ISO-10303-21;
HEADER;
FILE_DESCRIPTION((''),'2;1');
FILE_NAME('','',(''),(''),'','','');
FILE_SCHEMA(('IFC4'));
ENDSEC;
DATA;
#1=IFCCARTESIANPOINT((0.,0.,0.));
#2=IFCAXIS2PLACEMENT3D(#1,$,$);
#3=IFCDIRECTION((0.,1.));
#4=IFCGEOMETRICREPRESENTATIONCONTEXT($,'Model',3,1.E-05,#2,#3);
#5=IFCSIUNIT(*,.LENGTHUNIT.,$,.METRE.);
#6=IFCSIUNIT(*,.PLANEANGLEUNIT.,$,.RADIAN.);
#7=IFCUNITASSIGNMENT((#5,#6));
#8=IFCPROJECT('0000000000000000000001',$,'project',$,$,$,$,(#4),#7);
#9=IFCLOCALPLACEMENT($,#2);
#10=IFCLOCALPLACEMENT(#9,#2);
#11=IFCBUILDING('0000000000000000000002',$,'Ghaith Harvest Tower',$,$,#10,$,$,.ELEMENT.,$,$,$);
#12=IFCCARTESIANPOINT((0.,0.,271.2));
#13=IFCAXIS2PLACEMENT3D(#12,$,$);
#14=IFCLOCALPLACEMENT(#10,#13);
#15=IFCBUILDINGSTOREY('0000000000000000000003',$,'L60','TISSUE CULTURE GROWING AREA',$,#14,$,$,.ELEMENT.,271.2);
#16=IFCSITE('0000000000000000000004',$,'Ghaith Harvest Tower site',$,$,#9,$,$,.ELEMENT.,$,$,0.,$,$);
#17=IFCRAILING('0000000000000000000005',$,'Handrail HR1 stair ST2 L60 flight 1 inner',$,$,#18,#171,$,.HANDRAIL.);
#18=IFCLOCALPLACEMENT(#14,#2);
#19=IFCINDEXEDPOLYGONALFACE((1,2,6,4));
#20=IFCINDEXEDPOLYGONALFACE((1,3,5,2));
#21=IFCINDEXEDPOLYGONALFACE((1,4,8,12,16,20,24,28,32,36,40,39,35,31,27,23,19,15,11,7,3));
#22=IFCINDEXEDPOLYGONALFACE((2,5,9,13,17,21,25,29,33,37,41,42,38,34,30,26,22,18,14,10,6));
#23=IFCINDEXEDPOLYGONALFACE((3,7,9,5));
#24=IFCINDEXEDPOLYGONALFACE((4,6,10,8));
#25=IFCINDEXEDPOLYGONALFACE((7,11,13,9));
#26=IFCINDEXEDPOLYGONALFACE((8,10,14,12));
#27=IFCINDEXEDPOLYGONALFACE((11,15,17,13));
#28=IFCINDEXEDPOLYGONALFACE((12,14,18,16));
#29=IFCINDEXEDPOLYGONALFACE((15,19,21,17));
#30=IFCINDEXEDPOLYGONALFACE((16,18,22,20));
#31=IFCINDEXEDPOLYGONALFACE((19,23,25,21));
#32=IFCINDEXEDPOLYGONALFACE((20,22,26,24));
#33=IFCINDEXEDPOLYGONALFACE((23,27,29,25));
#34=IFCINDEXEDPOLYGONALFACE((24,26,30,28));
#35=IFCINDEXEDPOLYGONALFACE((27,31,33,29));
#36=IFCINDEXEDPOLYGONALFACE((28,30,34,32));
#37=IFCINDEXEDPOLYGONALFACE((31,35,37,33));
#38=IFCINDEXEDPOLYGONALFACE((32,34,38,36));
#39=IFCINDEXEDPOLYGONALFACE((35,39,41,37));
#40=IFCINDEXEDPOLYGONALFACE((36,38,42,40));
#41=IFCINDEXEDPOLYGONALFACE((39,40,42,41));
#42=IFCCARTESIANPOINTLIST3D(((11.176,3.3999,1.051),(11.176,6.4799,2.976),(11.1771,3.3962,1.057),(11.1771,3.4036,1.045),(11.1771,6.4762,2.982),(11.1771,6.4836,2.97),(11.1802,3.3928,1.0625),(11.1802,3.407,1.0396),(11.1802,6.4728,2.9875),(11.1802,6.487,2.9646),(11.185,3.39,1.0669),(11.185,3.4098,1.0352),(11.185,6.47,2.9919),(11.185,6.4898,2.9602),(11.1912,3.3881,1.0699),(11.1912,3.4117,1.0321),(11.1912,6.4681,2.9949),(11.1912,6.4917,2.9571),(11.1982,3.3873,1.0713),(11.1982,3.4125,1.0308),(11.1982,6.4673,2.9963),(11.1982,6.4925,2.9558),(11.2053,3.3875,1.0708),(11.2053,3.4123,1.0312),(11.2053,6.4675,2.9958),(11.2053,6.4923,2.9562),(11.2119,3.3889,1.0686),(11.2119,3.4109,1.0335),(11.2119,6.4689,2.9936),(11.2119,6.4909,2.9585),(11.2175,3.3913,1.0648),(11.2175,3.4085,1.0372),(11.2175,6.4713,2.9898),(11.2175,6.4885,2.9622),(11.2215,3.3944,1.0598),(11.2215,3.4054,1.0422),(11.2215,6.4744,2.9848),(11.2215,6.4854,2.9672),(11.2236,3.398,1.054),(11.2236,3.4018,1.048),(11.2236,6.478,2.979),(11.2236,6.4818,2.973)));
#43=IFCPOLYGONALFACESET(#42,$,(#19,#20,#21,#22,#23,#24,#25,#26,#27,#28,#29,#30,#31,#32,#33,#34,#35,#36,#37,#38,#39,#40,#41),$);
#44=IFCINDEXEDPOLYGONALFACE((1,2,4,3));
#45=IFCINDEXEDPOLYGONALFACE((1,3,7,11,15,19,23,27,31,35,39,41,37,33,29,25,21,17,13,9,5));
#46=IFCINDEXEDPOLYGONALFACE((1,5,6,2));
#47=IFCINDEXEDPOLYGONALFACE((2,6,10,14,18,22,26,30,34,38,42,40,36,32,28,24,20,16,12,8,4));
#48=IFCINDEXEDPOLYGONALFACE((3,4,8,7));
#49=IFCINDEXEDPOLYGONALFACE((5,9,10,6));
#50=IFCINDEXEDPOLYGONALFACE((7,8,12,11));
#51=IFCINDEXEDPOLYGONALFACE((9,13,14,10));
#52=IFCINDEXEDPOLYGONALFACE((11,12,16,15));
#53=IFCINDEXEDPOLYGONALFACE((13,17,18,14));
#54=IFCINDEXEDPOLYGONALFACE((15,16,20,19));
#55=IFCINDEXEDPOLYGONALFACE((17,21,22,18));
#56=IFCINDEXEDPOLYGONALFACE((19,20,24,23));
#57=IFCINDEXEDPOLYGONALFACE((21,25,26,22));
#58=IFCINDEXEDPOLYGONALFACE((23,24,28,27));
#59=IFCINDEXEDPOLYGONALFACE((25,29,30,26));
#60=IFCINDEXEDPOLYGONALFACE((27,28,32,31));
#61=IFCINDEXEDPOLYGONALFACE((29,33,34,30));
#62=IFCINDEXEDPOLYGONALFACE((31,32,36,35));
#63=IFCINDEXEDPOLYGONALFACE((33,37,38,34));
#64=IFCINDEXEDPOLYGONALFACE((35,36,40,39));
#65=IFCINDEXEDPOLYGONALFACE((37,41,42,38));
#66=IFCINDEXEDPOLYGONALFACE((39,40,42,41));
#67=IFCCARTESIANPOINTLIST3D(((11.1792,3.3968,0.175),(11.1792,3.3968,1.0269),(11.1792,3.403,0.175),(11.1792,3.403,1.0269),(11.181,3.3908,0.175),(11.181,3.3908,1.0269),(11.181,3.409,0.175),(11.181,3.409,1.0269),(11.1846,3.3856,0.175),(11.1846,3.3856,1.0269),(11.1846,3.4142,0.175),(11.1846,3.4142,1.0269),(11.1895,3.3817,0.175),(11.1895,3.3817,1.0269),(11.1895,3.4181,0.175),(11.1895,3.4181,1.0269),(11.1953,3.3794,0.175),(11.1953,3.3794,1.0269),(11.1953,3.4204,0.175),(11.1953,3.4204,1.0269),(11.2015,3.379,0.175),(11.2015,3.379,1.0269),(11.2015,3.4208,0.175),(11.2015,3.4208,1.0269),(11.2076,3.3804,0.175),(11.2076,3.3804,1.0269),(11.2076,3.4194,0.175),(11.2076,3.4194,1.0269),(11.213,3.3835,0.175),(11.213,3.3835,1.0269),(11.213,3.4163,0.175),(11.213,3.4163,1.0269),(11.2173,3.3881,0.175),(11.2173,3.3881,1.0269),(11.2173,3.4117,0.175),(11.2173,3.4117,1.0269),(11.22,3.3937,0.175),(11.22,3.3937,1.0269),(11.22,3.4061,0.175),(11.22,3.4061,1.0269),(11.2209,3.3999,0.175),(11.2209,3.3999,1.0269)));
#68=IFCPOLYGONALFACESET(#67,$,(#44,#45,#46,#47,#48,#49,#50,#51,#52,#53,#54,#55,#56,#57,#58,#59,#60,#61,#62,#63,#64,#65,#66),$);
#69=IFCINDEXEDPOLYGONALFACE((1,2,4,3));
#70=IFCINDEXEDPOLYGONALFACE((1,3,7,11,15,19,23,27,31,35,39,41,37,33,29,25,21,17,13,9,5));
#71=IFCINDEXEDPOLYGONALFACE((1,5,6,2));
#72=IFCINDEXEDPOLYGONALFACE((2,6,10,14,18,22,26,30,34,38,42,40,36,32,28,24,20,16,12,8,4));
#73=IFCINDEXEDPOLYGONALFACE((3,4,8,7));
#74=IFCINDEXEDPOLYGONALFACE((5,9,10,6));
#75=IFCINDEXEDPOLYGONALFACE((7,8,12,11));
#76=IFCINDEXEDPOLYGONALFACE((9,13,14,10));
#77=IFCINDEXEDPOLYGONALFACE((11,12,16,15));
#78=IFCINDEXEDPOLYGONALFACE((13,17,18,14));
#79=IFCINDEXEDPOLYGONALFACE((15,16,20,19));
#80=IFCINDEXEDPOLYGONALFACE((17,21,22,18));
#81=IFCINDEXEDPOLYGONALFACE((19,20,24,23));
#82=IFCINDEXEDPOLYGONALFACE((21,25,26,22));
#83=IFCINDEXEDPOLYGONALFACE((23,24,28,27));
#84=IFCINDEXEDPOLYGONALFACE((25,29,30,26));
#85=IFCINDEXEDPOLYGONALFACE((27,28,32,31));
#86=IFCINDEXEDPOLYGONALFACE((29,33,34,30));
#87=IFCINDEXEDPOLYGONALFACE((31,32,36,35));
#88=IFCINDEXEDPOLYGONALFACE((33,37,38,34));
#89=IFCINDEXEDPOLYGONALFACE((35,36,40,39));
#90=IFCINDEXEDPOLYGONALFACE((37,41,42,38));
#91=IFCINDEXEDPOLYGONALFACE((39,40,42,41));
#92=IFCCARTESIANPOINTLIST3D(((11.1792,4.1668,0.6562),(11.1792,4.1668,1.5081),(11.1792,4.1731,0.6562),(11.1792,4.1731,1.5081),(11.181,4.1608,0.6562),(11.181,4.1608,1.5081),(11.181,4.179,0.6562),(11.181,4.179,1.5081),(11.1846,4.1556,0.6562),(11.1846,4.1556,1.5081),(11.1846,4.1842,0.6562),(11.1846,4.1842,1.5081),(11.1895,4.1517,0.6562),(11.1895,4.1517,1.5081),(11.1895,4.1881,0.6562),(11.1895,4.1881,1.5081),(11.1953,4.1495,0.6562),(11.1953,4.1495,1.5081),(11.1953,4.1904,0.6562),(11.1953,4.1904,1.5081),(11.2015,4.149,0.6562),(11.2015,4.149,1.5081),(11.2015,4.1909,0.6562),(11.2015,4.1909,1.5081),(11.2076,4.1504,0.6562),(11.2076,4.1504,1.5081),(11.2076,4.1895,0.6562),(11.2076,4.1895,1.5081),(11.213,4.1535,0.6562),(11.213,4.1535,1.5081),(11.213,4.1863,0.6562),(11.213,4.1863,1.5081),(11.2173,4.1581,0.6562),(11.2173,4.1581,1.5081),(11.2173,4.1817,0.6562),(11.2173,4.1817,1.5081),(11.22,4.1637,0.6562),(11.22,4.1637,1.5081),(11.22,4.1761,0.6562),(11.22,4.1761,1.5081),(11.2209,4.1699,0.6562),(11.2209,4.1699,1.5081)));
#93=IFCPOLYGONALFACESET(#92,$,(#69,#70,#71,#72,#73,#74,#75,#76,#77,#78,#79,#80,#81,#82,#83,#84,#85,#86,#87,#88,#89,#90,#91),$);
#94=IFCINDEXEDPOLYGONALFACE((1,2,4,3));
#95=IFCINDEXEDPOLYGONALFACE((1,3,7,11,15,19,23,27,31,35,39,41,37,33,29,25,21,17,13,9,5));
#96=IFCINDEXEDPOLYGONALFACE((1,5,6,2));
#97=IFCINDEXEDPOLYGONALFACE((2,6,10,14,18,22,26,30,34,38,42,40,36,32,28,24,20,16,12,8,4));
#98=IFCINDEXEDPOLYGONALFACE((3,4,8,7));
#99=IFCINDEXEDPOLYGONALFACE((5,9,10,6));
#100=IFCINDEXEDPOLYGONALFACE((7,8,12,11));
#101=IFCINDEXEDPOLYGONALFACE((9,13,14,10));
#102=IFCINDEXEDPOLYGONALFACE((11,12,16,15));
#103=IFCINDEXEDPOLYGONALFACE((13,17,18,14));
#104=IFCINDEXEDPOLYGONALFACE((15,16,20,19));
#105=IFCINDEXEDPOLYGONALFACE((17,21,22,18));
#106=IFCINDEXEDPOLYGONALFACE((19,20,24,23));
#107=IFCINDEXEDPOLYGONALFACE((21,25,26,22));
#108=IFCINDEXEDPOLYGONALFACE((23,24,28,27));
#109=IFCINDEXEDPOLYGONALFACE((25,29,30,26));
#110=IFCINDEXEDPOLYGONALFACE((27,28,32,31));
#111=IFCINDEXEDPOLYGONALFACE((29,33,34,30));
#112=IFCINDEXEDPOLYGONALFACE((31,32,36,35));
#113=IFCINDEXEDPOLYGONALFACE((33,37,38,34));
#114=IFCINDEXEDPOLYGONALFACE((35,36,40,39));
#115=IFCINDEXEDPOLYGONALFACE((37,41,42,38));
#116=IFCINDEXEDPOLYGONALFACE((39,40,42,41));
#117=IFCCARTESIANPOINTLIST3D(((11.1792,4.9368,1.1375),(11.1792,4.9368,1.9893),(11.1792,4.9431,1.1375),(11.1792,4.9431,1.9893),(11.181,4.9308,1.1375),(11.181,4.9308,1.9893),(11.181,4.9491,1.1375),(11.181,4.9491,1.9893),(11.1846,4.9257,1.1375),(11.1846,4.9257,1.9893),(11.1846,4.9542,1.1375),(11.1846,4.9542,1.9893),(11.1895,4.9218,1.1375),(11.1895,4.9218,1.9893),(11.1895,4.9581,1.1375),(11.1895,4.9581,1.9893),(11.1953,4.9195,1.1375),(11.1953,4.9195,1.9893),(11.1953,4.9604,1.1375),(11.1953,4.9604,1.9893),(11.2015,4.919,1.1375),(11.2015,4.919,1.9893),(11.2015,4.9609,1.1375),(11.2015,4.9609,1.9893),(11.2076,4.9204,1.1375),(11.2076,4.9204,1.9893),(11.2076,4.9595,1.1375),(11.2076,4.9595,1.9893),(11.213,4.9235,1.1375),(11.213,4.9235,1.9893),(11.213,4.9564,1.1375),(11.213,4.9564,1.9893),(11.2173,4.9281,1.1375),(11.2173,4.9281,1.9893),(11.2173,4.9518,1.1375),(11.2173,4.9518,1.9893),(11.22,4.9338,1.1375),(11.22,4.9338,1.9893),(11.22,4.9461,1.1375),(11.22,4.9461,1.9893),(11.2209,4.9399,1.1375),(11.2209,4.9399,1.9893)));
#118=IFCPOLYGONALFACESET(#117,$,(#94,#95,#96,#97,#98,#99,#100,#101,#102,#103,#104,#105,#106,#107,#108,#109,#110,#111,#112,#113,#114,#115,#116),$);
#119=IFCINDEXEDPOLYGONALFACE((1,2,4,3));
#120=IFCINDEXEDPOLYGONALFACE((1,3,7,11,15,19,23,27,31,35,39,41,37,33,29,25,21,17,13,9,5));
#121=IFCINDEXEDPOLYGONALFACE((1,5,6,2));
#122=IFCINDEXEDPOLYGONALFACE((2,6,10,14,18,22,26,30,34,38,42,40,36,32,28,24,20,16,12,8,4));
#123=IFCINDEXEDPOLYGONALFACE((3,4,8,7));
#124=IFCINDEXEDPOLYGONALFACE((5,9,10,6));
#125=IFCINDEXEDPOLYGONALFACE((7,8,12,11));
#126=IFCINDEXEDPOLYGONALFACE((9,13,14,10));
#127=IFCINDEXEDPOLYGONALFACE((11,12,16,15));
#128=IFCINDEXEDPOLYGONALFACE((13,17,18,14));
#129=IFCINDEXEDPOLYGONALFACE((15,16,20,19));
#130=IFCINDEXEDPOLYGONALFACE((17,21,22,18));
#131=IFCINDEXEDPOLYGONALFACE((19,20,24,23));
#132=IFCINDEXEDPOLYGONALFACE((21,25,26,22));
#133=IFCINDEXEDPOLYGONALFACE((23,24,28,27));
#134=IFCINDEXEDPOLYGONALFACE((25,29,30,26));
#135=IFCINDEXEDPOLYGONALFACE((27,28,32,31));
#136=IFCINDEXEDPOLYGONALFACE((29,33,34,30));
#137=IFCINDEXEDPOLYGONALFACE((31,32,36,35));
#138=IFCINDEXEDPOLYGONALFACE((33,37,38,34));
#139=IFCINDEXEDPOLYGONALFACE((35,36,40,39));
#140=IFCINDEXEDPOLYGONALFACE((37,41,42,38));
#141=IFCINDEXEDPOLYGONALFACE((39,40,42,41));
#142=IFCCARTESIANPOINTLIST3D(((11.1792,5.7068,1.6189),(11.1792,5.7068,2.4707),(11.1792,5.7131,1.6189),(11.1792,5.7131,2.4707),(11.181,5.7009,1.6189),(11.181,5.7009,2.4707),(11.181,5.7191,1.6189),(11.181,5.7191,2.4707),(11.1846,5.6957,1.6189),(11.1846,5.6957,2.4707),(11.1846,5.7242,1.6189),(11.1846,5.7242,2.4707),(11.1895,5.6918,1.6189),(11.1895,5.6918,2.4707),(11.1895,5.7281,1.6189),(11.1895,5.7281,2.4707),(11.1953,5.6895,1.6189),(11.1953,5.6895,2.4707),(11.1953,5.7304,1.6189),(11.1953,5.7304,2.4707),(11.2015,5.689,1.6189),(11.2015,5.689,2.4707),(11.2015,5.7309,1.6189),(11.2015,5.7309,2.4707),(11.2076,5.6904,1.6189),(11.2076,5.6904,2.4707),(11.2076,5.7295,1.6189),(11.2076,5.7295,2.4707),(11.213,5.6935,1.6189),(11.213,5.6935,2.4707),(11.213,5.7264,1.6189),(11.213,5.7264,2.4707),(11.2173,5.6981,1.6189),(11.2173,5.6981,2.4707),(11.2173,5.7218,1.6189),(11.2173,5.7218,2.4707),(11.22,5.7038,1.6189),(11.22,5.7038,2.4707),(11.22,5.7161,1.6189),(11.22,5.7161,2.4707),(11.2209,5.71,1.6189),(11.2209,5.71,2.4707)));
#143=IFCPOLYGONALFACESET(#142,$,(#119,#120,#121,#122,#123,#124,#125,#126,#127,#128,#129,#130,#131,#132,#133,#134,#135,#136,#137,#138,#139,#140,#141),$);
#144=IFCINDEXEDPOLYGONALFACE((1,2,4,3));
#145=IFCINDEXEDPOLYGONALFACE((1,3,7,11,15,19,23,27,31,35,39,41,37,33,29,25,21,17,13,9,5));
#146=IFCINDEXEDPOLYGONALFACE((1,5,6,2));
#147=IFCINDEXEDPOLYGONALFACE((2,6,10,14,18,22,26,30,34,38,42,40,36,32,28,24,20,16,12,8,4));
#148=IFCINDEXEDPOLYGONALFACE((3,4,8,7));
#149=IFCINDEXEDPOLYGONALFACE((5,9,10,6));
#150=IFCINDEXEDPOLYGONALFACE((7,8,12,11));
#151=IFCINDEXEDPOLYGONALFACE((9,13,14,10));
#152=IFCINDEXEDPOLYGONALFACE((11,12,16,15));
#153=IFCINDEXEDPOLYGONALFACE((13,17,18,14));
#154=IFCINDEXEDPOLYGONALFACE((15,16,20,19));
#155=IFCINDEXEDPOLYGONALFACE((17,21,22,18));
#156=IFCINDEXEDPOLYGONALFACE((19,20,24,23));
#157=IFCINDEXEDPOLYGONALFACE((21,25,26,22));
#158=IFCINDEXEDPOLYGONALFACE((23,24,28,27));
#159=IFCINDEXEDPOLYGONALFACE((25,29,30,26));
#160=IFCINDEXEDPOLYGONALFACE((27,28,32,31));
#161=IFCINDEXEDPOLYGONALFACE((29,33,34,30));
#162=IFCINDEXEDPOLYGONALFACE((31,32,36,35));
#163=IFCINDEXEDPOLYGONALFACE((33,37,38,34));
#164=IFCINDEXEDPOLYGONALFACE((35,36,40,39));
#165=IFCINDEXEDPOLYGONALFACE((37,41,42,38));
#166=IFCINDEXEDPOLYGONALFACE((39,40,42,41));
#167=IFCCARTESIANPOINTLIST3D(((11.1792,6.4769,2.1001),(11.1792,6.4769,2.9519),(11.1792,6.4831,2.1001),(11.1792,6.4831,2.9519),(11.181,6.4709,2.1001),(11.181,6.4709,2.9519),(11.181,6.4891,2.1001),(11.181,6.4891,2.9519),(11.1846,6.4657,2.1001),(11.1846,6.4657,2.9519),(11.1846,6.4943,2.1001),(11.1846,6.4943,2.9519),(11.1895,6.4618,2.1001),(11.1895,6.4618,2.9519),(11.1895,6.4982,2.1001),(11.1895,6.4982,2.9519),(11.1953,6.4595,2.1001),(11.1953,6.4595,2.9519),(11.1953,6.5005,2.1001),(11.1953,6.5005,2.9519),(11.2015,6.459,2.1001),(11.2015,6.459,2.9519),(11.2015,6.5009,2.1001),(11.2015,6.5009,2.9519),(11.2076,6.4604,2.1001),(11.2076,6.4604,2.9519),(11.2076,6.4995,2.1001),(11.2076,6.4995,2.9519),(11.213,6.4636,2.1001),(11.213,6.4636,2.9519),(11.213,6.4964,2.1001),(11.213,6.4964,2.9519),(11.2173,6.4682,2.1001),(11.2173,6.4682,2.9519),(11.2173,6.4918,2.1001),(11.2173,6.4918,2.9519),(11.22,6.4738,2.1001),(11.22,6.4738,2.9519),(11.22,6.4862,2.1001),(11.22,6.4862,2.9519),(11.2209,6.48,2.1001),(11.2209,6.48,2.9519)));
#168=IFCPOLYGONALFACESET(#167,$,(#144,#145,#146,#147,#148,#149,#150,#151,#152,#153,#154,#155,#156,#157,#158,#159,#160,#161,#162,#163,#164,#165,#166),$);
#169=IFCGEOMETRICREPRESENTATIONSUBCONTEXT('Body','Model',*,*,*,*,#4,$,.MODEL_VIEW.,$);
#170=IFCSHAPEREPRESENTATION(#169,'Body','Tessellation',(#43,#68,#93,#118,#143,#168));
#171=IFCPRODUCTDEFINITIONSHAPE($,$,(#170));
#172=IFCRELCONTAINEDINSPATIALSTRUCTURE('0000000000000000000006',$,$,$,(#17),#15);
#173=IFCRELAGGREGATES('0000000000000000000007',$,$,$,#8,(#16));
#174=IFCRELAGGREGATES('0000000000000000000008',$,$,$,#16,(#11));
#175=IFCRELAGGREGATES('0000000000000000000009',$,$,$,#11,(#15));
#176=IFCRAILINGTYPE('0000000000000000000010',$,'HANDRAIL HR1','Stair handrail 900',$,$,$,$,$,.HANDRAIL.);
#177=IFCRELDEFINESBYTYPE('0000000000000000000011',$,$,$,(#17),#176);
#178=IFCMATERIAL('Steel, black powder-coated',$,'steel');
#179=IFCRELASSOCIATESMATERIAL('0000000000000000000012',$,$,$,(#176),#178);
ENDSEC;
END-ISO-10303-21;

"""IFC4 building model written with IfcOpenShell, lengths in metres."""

from ifc_helpers import new_model, si_unit, direction, frame, origin, origin_2d, place, context, subcontext, project, spatial, circle, extrude, material, type_object, element, save


model = new_model("IFC4")

# Units and contexts
model_context = context("Model", 3, precision=1e-05, world=origin(), true_north=direction((0.0, 1.0)))
body_context = subcontext(model_context, "Body", "Model", "MODEL_VIEW")
ifc_project = project(units=[si_unit("LENGTHUNIT", "METRE"), si_unit("PLANEANGLEUNIT", "RADIAN")], contexts=[model_context])

# Site, building, storey
site_placement = place(None, origin())
site = spatial("IfcSite", under=ifc_project, at=site_placement, Name="Ghaith Harvest Tower site", CompositionType="ELEMENT", RefElevation=0.0)
building_placement = place(site_placement, origin())
building = spatial("IfcBuilding", under=site, at=building_placement, Name="Ghaith Harvest Tower", CompositionType="ELEMENT")
storey_placement = place(building_placement, frame((0.0, 0.0, 271.2)))
storey = spatial("IfcBuildingStorey", under=building, at=storey_placement, Name="L60", Description="TISSUE CULTURE GROWING AREA", CompositionType="ELEMENT", Elevation=271.2)

# Railing
ifc_material_1 = material(Name="Steel, black powder-coated", Category="steel")
railing_type = type_object("IfcRailingType", Name="HANDRAIL HR1", Description="Stair handrail 900", PredefinedType="HANDRAIL", material=ifc_material_1)
railing_1_placement = place(storey_placement, frame((11.2, 3.3999, 0.175)))
element("IfcRailing", 1, at=railing_1_placement, inside=storey, type_object=railing_type, Name="Handrail HR1 stair ST2 L60 flight 1 inner", PredefinedType="HANDRAIL", context=body_context, shape_type="SweptSolid", body=[
    extrude(circle(Radius=0.0239, at=origin_2d()), frame((0.0, 0.0, 0.876), z_axis=(0.0, 0.847998, 0.529999), x_axis=(-1.0, 0.0, 0.0)), (0.0, 0.0, 1.0), 3.6321),
    extrude(circle(Radius=0.021, at=origin_2d()), origin(), (0.0, 0.0, 1.0), 0.8518),
    extrude(circle(Radius=0.021, at=origin_2d()), frame((0.0, 0.77, 0.4812)), (0.0, 0.0, 1.0), 0.8518),
    extrude(circle(Radius=0.021, at=origin_2d()), frame((0.0, 1.54, 0.9624)), (0.0, 0.0, 1.0), 0.8518),
    extrude(circle(Radius=0.021, at=origin_2d()), frame((0.0, 2.3101, 1.4438)), (0.0, 0.0, 1.0), 0.8518),
    extrude(circle(Radius=0.021, at=origin_2d()), frame((0.0, 3.0801, 1.925)), (0.0, 0.0, 1.0), 0.8518),
])

save(model, "model.ifc")
